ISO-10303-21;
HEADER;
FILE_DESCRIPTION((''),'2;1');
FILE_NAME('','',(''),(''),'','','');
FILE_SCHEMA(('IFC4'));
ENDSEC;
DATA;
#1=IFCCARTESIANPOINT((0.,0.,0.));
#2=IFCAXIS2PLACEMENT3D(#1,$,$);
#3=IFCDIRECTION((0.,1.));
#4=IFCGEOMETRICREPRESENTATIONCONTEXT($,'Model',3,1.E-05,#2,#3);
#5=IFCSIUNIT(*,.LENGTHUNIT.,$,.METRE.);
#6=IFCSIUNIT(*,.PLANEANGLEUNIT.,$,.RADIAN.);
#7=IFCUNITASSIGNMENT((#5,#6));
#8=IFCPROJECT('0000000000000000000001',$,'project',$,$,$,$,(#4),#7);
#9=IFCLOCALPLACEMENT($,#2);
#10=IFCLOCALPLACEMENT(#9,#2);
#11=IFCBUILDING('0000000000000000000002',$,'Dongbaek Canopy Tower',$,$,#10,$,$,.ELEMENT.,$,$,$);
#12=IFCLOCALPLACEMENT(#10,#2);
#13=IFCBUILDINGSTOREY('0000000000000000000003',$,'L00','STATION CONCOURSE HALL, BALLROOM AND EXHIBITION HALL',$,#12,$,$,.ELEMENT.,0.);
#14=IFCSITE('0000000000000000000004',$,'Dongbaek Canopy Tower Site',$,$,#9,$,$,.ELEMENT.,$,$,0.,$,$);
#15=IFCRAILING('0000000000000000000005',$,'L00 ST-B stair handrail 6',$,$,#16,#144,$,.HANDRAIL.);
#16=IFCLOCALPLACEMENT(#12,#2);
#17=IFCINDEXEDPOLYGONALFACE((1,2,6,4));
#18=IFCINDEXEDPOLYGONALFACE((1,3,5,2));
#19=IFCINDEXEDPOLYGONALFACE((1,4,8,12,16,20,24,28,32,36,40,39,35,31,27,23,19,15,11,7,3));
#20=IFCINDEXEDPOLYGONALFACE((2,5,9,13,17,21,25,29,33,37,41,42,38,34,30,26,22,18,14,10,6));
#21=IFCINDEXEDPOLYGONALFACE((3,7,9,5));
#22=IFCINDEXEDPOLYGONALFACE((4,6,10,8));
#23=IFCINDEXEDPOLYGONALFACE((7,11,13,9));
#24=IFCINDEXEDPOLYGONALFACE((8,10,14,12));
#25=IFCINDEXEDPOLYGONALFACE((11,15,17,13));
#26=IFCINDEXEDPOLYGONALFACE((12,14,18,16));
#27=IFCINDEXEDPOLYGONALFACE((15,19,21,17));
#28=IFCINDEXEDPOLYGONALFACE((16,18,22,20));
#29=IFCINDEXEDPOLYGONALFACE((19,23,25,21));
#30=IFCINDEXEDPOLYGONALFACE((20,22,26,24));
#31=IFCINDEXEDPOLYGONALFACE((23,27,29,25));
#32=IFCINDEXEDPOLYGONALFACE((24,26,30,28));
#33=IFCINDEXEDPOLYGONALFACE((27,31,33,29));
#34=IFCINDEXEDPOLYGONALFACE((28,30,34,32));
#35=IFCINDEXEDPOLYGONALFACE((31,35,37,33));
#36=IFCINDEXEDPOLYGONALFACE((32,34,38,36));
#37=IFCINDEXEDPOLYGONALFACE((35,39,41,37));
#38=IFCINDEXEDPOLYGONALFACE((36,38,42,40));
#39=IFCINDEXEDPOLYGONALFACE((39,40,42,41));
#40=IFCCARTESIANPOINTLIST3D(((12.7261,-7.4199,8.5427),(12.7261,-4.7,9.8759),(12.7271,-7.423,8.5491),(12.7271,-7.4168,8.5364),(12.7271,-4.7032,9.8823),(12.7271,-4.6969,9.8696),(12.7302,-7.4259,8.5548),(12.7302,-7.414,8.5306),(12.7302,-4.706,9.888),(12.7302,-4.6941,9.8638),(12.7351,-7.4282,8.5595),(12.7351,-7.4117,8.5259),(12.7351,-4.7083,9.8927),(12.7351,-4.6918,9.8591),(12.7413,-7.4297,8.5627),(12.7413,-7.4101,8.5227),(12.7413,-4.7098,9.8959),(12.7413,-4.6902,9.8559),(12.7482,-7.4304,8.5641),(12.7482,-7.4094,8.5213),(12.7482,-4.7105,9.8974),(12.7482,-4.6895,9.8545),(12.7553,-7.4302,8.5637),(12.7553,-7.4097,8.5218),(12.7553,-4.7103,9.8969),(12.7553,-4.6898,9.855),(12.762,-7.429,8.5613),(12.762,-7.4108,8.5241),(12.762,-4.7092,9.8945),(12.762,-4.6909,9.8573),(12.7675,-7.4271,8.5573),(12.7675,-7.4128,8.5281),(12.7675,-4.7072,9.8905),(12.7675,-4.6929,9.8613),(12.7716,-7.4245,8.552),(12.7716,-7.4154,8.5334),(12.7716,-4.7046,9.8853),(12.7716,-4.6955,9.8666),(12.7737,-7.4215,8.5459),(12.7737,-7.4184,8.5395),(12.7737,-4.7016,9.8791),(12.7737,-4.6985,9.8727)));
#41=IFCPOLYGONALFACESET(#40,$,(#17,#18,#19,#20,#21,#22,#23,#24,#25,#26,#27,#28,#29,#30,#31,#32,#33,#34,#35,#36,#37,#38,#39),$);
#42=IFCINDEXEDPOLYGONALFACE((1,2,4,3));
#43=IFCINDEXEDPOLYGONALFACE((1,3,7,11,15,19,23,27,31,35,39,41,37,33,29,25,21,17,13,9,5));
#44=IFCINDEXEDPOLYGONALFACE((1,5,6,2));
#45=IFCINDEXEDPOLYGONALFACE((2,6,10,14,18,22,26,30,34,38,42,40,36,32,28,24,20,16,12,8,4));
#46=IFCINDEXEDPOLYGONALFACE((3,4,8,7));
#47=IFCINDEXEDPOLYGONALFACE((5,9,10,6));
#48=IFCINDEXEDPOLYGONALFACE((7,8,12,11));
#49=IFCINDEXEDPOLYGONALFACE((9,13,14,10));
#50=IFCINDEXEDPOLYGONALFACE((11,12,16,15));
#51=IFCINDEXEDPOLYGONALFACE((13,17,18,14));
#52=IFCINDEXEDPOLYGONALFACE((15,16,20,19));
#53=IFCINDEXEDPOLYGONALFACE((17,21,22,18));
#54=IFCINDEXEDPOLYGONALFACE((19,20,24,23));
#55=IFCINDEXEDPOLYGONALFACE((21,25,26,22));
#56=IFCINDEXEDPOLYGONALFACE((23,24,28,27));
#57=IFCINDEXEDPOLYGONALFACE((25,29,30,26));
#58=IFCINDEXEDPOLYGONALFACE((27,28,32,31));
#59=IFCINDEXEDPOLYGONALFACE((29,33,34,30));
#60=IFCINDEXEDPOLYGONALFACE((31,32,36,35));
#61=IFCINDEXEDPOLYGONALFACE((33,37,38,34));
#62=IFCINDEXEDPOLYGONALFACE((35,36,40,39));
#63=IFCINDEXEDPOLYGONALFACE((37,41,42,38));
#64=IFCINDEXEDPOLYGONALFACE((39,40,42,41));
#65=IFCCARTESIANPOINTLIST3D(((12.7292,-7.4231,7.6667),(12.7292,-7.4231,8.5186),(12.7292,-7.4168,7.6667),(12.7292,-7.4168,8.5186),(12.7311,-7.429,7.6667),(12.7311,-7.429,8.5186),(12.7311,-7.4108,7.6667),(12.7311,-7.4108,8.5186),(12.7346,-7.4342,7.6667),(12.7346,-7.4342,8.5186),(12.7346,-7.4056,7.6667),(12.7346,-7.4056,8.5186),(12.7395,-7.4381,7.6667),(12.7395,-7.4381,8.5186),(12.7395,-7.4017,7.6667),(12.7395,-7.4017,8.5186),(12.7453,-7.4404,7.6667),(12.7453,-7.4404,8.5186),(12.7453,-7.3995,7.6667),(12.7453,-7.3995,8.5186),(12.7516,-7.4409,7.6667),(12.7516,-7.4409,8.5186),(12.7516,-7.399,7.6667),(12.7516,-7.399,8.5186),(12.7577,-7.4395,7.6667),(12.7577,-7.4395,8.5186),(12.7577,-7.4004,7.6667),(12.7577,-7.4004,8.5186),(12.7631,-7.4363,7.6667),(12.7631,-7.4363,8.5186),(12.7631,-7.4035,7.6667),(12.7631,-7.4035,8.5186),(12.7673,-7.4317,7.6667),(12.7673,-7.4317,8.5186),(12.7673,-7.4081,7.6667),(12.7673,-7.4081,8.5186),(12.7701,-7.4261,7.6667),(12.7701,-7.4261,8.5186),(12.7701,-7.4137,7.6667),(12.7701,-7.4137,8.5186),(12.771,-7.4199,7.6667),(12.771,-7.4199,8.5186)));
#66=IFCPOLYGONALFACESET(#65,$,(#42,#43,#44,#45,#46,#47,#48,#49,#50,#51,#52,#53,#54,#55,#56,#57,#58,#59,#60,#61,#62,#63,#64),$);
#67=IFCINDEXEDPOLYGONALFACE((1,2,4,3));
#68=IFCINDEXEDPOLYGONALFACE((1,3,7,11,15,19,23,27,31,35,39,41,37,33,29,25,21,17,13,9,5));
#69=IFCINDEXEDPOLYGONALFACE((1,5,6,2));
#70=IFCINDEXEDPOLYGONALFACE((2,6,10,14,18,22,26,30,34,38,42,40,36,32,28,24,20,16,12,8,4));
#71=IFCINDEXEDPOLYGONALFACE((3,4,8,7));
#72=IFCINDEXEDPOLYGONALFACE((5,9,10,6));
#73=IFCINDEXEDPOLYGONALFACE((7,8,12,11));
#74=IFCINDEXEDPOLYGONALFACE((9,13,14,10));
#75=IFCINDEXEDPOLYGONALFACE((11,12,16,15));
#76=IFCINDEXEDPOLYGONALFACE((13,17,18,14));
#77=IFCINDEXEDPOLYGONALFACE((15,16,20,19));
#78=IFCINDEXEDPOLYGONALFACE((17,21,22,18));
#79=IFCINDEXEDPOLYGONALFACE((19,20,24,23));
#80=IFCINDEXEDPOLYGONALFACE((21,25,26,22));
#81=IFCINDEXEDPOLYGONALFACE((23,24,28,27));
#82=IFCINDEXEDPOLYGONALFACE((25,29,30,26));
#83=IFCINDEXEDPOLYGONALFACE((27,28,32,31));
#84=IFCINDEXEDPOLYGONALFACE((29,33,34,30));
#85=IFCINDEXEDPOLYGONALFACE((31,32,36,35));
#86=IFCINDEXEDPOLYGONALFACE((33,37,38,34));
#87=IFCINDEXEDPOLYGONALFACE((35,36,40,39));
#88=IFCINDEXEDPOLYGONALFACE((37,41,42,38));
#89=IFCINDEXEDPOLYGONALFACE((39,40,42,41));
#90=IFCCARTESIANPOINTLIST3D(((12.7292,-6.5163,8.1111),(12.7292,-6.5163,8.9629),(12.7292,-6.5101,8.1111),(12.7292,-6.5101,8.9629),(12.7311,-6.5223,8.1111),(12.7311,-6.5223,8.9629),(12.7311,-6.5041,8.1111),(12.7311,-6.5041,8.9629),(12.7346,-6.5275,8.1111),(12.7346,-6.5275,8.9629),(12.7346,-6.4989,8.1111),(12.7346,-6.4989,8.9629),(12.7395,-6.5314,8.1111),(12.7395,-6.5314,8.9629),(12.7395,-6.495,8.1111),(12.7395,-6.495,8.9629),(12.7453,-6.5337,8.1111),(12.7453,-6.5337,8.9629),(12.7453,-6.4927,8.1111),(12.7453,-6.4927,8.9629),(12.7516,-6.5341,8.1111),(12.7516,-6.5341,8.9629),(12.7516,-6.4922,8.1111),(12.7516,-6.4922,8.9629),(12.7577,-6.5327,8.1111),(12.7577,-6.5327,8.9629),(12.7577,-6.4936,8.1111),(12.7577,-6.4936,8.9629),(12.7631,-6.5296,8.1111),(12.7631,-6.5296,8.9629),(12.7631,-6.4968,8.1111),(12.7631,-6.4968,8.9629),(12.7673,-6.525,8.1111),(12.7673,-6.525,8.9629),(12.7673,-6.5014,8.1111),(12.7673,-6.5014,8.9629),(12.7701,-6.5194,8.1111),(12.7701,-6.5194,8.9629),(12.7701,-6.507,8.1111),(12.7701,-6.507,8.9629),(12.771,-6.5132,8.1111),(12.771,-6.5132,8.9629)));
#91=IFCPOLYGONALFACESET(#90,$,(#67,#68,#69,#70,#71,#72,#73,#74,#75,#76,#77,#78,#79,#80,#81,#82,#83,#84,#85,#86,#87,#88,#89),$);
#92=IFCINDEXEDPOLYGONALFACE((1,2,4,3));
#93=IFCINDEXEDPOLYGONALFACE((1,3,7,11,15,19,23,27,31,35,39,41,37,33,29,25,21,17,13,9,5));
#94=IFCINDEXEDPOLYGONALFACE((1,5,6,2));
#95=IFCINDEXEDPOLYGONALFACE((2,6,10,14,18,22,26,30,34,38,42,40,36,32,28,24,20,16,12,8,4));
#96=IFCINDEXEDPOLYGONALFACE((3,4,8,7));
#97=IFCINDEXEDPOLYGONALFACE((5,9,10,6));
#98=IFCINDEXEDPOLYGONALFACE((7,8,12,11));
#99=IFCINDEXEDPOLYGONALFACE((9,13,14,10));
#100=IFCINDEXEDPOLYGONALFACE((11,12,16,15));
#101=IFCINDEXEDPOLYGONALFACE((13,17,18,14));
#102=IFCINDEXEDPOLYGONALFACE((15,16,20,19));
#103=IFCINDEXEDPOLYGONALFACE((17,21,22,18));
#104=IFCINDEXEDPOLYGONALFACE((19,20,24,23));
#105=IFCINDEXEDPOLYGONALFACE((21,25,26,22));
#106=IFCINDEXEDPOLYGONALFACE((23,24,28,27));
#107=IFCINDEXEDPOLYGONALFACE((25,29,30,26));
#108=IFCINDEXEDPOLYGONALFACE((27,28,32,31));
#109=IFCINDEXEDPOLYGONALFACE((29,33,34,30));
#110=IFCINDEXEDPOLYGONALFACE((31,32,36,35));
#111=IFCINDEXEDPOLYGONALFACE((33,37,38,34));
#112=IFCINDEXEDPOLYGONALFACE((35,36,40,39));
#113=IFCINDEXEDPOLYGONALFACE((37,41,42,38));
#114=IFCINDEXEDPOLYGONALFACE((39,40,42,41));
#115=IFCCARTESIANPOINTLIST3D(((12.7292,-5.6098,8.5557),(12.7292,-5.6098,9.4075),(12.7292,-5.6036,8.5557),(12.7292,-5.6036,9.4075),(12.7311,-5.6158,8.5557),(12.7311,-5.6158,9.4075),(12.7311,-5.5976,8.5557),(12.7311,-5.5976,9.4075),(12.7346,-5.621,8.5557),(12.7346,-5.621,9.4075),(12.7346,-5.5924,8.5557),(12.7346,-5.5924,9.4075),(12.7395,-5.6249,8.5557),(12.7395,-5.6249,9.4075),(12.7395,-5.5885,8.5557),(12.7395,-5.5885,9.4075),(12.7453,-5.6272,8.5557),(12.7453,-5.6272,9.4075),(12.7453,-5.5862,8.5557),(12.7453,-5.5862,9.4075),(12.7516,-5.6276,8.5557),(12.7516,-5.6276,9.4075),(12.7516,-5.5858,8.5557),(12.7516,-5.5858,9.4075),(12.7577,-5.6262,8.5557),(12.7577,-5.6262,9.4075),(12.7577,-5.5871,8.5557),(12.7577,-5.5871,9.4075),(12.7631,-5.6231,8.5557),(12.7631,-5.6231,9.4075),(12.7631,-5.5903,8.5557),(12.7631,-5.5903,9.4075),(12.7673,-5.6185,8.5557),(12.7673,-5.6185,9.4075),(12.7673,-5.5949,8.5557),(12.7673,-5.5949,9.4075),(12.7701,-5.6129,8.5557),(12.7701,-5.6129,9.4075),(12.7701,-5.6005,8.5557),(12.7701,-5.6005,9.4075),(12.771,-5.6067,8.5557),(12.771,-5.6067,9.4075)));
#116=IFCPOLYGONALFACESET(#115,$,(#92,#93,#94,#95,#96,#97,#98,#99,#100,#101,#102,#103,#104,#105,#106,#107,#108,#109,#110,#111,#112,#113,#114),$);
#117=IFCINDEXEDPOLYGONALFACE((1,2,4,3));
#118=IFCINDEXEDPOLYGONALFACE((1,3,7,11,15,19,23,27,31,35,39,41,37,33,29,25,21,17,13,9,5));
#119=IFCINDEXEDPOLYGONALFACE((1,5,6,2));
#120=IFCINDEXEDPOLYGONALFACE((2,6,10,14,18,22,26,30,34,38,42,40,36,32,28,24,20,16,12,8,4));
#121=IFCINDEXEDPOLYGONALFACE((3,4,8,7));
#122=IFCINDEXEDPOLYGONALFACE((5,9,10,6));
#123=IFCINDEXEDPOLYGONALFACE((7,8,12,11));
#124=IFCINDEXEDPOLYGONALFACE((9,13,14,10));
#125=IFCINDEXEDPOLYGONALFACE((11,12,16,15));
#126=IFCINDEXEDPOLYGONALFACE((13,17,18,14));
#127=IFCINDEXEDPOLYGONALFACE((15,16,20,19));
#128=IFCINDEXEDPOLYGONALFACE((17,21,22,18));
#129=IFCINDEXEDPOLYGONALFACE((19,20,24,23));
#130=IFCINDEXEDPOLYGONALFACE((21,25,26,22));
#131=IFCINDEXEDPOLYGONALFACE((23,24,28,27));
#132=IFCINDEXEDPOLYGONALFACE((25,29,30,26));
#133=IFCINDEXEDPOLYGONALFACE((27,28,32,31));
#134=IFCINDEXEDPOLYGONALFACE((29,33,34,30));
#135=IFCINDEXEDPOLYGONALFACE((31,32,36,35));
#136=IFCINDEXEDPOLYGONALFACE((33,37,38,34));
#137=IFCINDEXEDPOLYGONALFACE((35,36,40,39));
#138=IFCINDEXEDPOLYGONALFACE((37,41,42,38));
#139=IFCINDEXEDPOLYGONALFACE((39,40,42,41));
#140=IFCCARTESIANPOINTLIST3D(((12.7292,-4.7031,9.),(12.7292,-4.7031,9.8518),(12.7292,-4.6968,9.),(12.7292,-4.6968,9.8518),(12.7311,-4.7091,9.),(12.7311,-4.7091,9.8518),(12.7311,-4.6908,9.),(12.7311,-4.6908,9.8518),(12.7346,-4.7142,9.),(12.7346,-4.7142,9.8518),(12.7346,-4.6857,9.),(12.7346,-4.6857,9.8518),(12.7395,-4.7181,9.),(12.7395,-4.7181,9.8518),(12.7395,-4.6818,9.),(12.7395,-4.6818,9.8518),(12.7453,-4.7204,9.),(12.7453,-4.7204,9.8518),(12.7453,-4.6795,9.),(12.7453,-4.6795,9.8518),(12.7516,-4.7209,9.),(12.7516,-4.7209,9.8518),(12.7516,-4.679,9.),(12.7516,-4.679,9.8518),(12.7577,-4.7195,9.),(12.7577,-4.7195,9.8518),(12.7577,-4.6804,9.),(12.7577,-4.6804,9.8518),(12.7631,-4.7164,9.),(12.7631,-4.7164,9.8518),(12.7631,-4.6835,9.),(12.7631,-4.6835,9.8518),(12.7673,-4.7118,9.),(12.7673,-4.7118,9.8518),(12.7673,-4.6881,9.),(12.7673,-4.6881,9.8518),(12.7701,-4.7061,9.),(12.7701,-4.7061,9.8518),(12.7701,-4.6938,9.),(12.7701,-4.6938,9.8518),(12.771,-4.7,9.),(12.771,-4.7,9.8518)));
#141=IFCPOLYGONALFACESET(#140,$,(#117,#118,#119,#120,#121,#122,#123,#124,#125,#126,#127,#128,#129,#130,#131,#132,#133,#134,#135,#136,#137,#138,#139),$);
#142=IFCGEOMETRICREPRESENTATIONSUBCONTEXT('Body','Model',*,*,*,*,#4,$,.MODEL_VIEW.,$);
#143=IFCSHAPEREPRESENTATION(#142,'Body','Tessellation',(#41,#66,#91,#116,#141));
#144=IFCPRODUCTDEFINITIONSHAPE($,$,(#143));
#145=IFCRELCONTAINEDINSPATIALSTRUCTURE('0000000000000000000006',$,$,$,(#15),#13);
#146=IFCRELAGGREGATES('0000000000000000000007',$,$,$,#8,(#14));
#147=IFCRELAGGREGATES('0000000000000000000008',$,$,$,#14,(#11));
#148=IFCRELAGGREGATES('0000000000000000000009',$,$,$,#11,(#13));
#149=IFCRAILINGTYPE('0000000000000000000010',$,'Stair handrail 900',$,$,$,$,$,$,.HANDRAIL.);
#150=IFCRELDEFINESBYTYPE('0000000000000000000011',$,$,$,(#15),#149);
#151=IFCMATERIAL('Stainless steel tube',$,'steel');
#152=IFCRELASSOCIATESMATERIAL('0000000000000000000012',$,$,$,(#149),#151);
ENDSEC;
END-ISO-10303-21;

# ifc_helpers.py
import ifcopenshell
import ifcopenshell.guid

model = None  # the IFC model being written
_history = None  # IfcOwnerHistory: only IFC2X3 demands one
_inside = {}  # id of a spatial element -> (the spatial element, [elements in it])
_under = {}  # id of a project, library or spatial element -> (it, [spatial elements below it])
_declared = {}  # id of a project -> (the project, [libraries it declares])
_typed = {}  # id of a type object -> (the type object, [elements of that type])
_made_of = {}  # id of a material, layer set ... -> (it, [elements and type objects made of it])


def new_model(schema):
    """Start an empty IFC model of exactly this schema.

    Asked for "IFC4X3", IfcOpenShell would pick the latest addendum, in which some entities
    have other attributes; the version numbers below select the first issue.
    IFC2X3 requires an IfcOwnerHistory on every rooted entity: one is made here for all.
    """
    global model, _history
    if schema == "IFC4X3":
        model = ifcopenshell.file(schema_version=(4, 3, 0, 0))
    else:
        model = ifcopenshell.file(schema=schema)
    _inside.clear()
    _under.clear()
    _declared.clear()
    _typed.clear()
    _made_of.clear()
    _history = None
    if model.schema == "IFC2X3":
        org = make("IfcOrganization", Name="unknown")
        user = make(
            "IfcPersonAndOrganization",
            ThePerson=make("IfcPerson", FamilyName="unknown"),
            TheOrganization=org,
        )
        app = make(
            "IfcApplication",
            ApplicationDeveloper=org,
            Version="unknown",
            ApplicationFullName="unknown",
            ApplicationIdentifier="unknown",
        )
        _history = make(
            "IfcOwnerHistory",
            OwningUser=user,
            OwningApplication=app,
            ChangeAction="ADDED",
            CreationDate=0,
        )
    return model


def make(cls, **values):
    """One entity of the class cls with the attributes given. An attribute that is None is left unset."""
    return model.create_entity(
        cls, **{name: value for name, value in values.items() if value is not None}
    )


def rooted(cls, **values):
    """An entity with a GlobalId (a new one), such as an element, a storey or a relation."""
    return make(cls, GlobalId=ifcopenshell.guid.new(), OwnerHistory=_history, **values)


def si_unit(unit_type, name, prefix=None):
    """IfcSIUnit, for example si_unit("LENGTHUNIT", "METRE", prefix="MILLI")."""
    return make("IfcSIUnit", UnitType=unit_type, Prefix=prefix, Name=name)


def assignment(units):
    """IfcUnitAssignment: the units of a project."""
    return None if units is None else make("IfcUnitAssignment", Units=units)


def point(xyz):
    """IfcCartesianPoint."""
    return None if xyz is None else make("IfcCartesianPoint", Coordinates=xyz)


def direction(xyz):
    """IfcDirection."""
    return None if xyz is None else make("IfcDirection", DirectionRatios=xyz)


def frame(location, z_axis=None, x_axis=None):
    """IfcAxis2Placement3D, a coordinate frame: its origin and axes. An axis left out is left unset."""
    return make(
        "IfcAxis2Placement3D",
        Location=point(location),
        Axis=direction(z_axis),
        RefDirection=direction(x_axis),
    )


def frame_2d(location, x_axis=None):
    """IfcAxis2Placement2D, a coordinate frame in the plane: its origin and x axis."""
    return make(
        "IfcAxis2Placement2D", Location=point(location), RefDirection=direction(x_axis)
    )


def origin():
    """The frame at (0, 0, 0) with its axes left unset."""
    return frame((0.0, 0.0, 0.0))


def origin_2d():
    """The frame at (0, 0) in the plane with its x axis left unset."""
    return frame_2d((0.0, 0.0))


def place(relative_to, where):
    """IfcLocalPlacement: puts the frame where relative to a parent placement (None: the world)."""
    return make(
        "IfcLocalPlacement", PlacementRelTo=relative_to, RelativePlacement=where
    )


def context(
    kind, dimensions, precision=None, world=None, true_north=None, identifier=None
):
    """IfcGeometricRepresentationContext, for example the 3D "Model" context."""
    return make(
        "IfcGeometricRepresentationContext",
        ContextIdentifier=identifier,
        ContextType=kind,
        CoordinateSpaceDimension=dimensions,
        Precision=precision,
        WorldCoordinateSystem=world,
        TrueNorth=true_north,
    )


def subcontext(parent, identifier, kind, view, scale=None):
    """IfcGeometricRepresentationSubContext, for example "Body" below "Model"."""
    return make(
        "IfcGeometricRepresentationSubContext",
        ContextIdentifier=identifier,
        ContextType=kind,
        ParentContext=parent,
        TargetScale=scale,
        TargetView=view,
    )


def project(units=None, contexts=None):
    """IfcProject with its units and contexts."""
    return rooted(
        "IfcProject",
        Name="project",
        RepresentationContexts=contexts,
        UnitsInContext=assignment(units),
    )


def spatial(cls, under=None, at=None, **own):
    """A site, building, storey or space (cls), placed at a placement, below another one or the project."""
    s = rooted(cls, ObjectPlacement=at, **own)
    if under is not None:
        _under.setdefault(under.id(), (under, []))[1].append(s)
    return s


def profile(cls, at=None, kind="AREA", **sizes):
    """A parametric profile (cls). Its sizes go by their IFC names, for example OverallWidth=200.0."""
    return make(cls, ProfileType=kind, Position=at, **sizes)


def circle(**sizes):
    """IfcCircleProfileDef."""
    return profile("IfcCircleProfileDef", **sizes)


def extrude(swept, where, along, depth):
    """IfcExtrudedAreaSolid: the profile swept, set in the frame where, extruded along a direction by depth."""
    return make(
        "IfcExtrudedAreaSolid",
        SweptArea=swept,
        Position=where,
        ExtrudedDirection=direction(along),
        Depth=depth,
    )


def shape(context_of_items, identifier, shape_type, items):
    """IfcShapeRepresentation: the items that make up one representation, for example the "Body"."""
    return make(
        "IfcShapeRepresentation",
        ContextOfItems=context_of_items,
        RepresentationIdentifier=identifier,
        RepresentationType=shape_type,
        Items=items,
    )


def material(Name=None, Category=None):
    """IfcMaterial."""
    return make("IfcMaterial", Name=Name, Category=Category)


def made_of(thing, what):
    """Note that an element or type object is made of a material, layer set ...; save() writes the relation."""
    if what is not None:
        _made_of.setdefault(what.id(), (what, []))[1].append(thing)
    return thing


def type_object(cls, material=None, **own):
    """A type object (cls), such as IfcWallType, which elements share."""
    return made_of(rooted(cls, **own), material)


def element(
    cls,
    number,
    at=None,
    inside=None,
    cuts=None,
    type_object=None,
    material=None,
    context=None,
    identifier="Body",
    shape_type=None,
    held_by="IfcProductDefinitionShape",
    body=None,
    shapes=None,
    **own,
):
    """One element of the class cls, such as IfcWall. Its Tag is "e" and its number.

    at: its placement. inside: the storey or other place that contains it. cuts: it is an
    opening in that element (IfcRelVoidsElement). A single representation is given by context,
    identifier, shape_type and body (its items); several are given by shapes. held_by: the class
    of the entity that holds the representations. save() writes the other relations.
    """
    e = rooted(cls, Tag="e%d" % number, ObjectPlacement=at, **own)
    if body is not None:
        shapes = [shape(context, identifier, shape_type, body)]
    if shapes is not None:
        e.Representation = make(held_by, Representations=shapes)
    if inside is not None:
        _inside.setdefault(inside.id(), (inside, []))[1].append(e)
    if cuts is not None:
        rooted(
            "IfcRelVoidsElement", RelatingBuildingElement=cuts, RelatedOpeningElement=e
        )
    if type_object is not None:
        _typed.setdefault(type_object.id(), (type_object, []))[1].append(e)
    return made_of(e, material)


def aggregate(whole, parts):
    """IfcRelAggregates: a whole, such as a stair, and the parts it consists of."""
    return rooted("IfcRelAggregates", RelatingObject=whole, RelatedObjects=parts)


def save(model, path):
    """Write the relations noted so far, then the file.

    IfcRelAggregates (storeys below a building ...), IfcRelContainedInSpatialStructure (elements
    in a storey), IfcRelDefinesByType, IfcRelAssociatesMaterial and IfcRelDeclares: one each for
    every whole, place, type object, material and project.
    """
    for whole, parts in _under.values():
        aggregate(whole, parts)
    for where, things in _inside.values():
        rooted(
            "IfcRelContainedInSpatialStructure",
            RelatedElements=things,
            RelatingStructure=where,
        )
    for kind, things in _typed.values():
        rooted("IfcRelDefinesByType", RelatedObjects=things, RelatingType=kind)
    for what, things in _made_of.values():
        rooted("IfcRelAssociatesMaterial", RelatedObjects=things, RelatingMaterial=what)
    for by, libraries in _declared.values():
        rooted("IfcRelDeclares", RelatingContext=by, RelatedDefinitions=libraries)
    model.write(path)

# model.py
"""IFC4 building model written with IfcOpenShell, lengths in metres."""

from ifc_helpers import new_model, si_unit, direction, frame, origin, origin_2d, place, context, subcontext, project, spatial, circle, extrude, material, type_object, element, save


model = new_model("IFC4")

# Units and contexts
model_context = context("Model", 3, precision=1e-05, world=origin(), true_north=direction((0.0, 1.0)))
body_context = subcontext(model_context, "Body", "Model", "MODEL_VIEW")
ifc_project = project(units=[si_unit("LENGTHUNIT", "METRE"), si_unit("PLANEANGLEUNIT", "RADIAN")], contexts=[model_context])

# Site, building, storey
site_placement = place(None, origin())
site = spatial("IfcSite", under=ifc_project, at=site_placement, Name="Dongbaek Canopy Tower Site", CompositionType="ELEMENT", RefElevation=0.0)
building_placement = place(site_placement, origin())
building = spatial("IfcBuilding", under=site, at=building_placement, Name="Dongbaek Canopy Tower", CompositionType="ELEMENT")
storey_placement = place(building_placement, origin())
storey = spatial("IfcBuildingStorey", under=building, at=storey_placement, Name="L00", Description="STATION CONCOURSE HALL, BALLROOM AND EXHIBITION HALL", CompositionType="ELEMENT", Elevation=0.0)

# Railing
ifc_material_1 = material(Name="Stainless steel tube", Category="steel")
railing_type_1 = type_object("IfcRailingType", Name="Stair handrail 900", PredefinedType="HANDRAIL", material=ifc_material_1)
railing_1_placement = place(storey_placement, frame((12.75, -7.4199, 7.6667)))
element("IfcRailing", 1, at=railing_1_placement, inside=storey, type_object=railing_type_1, Name="L00 ST-B stair handrail 6", PredefinedType="HANDRAIL", context=body_context, shape_type="SweptSolid", body=[
    extrude(circle(Radius=0.0239, at=origin_2d()), frame((0.0, 0.0, 0.876), z_axis=(0.0, 0.897929, 0.440139), x_axis=(-1.0, 0.0, 0.0)), (0.0, 0.0, 1.0), 3.0291),
    extrude(circle(Radius=0.021, at=origin_2d()), origin(), (0.0, 0.0, 1.0), 0.8518),
    extrude(circle(Radius=0.021, at=origin_2d()), frame((0.0, 0.9067, 0.4443)), (0.0, 0.0, 1.0), 0.8518),
    extrude(circle(Radius=0.021, at=origin_2d()), frame((0.0, 1.8132, 0.8889)), (0.0, 0.0, 1.0), 0.8518),
    extrude(circle(Radius=0.021, at=origin_2d()), frame((0.0, 2.72, 1.3333)), (0.0, 0.0, 1.0), 0.8518),
])

save(model, "model.ifc")
